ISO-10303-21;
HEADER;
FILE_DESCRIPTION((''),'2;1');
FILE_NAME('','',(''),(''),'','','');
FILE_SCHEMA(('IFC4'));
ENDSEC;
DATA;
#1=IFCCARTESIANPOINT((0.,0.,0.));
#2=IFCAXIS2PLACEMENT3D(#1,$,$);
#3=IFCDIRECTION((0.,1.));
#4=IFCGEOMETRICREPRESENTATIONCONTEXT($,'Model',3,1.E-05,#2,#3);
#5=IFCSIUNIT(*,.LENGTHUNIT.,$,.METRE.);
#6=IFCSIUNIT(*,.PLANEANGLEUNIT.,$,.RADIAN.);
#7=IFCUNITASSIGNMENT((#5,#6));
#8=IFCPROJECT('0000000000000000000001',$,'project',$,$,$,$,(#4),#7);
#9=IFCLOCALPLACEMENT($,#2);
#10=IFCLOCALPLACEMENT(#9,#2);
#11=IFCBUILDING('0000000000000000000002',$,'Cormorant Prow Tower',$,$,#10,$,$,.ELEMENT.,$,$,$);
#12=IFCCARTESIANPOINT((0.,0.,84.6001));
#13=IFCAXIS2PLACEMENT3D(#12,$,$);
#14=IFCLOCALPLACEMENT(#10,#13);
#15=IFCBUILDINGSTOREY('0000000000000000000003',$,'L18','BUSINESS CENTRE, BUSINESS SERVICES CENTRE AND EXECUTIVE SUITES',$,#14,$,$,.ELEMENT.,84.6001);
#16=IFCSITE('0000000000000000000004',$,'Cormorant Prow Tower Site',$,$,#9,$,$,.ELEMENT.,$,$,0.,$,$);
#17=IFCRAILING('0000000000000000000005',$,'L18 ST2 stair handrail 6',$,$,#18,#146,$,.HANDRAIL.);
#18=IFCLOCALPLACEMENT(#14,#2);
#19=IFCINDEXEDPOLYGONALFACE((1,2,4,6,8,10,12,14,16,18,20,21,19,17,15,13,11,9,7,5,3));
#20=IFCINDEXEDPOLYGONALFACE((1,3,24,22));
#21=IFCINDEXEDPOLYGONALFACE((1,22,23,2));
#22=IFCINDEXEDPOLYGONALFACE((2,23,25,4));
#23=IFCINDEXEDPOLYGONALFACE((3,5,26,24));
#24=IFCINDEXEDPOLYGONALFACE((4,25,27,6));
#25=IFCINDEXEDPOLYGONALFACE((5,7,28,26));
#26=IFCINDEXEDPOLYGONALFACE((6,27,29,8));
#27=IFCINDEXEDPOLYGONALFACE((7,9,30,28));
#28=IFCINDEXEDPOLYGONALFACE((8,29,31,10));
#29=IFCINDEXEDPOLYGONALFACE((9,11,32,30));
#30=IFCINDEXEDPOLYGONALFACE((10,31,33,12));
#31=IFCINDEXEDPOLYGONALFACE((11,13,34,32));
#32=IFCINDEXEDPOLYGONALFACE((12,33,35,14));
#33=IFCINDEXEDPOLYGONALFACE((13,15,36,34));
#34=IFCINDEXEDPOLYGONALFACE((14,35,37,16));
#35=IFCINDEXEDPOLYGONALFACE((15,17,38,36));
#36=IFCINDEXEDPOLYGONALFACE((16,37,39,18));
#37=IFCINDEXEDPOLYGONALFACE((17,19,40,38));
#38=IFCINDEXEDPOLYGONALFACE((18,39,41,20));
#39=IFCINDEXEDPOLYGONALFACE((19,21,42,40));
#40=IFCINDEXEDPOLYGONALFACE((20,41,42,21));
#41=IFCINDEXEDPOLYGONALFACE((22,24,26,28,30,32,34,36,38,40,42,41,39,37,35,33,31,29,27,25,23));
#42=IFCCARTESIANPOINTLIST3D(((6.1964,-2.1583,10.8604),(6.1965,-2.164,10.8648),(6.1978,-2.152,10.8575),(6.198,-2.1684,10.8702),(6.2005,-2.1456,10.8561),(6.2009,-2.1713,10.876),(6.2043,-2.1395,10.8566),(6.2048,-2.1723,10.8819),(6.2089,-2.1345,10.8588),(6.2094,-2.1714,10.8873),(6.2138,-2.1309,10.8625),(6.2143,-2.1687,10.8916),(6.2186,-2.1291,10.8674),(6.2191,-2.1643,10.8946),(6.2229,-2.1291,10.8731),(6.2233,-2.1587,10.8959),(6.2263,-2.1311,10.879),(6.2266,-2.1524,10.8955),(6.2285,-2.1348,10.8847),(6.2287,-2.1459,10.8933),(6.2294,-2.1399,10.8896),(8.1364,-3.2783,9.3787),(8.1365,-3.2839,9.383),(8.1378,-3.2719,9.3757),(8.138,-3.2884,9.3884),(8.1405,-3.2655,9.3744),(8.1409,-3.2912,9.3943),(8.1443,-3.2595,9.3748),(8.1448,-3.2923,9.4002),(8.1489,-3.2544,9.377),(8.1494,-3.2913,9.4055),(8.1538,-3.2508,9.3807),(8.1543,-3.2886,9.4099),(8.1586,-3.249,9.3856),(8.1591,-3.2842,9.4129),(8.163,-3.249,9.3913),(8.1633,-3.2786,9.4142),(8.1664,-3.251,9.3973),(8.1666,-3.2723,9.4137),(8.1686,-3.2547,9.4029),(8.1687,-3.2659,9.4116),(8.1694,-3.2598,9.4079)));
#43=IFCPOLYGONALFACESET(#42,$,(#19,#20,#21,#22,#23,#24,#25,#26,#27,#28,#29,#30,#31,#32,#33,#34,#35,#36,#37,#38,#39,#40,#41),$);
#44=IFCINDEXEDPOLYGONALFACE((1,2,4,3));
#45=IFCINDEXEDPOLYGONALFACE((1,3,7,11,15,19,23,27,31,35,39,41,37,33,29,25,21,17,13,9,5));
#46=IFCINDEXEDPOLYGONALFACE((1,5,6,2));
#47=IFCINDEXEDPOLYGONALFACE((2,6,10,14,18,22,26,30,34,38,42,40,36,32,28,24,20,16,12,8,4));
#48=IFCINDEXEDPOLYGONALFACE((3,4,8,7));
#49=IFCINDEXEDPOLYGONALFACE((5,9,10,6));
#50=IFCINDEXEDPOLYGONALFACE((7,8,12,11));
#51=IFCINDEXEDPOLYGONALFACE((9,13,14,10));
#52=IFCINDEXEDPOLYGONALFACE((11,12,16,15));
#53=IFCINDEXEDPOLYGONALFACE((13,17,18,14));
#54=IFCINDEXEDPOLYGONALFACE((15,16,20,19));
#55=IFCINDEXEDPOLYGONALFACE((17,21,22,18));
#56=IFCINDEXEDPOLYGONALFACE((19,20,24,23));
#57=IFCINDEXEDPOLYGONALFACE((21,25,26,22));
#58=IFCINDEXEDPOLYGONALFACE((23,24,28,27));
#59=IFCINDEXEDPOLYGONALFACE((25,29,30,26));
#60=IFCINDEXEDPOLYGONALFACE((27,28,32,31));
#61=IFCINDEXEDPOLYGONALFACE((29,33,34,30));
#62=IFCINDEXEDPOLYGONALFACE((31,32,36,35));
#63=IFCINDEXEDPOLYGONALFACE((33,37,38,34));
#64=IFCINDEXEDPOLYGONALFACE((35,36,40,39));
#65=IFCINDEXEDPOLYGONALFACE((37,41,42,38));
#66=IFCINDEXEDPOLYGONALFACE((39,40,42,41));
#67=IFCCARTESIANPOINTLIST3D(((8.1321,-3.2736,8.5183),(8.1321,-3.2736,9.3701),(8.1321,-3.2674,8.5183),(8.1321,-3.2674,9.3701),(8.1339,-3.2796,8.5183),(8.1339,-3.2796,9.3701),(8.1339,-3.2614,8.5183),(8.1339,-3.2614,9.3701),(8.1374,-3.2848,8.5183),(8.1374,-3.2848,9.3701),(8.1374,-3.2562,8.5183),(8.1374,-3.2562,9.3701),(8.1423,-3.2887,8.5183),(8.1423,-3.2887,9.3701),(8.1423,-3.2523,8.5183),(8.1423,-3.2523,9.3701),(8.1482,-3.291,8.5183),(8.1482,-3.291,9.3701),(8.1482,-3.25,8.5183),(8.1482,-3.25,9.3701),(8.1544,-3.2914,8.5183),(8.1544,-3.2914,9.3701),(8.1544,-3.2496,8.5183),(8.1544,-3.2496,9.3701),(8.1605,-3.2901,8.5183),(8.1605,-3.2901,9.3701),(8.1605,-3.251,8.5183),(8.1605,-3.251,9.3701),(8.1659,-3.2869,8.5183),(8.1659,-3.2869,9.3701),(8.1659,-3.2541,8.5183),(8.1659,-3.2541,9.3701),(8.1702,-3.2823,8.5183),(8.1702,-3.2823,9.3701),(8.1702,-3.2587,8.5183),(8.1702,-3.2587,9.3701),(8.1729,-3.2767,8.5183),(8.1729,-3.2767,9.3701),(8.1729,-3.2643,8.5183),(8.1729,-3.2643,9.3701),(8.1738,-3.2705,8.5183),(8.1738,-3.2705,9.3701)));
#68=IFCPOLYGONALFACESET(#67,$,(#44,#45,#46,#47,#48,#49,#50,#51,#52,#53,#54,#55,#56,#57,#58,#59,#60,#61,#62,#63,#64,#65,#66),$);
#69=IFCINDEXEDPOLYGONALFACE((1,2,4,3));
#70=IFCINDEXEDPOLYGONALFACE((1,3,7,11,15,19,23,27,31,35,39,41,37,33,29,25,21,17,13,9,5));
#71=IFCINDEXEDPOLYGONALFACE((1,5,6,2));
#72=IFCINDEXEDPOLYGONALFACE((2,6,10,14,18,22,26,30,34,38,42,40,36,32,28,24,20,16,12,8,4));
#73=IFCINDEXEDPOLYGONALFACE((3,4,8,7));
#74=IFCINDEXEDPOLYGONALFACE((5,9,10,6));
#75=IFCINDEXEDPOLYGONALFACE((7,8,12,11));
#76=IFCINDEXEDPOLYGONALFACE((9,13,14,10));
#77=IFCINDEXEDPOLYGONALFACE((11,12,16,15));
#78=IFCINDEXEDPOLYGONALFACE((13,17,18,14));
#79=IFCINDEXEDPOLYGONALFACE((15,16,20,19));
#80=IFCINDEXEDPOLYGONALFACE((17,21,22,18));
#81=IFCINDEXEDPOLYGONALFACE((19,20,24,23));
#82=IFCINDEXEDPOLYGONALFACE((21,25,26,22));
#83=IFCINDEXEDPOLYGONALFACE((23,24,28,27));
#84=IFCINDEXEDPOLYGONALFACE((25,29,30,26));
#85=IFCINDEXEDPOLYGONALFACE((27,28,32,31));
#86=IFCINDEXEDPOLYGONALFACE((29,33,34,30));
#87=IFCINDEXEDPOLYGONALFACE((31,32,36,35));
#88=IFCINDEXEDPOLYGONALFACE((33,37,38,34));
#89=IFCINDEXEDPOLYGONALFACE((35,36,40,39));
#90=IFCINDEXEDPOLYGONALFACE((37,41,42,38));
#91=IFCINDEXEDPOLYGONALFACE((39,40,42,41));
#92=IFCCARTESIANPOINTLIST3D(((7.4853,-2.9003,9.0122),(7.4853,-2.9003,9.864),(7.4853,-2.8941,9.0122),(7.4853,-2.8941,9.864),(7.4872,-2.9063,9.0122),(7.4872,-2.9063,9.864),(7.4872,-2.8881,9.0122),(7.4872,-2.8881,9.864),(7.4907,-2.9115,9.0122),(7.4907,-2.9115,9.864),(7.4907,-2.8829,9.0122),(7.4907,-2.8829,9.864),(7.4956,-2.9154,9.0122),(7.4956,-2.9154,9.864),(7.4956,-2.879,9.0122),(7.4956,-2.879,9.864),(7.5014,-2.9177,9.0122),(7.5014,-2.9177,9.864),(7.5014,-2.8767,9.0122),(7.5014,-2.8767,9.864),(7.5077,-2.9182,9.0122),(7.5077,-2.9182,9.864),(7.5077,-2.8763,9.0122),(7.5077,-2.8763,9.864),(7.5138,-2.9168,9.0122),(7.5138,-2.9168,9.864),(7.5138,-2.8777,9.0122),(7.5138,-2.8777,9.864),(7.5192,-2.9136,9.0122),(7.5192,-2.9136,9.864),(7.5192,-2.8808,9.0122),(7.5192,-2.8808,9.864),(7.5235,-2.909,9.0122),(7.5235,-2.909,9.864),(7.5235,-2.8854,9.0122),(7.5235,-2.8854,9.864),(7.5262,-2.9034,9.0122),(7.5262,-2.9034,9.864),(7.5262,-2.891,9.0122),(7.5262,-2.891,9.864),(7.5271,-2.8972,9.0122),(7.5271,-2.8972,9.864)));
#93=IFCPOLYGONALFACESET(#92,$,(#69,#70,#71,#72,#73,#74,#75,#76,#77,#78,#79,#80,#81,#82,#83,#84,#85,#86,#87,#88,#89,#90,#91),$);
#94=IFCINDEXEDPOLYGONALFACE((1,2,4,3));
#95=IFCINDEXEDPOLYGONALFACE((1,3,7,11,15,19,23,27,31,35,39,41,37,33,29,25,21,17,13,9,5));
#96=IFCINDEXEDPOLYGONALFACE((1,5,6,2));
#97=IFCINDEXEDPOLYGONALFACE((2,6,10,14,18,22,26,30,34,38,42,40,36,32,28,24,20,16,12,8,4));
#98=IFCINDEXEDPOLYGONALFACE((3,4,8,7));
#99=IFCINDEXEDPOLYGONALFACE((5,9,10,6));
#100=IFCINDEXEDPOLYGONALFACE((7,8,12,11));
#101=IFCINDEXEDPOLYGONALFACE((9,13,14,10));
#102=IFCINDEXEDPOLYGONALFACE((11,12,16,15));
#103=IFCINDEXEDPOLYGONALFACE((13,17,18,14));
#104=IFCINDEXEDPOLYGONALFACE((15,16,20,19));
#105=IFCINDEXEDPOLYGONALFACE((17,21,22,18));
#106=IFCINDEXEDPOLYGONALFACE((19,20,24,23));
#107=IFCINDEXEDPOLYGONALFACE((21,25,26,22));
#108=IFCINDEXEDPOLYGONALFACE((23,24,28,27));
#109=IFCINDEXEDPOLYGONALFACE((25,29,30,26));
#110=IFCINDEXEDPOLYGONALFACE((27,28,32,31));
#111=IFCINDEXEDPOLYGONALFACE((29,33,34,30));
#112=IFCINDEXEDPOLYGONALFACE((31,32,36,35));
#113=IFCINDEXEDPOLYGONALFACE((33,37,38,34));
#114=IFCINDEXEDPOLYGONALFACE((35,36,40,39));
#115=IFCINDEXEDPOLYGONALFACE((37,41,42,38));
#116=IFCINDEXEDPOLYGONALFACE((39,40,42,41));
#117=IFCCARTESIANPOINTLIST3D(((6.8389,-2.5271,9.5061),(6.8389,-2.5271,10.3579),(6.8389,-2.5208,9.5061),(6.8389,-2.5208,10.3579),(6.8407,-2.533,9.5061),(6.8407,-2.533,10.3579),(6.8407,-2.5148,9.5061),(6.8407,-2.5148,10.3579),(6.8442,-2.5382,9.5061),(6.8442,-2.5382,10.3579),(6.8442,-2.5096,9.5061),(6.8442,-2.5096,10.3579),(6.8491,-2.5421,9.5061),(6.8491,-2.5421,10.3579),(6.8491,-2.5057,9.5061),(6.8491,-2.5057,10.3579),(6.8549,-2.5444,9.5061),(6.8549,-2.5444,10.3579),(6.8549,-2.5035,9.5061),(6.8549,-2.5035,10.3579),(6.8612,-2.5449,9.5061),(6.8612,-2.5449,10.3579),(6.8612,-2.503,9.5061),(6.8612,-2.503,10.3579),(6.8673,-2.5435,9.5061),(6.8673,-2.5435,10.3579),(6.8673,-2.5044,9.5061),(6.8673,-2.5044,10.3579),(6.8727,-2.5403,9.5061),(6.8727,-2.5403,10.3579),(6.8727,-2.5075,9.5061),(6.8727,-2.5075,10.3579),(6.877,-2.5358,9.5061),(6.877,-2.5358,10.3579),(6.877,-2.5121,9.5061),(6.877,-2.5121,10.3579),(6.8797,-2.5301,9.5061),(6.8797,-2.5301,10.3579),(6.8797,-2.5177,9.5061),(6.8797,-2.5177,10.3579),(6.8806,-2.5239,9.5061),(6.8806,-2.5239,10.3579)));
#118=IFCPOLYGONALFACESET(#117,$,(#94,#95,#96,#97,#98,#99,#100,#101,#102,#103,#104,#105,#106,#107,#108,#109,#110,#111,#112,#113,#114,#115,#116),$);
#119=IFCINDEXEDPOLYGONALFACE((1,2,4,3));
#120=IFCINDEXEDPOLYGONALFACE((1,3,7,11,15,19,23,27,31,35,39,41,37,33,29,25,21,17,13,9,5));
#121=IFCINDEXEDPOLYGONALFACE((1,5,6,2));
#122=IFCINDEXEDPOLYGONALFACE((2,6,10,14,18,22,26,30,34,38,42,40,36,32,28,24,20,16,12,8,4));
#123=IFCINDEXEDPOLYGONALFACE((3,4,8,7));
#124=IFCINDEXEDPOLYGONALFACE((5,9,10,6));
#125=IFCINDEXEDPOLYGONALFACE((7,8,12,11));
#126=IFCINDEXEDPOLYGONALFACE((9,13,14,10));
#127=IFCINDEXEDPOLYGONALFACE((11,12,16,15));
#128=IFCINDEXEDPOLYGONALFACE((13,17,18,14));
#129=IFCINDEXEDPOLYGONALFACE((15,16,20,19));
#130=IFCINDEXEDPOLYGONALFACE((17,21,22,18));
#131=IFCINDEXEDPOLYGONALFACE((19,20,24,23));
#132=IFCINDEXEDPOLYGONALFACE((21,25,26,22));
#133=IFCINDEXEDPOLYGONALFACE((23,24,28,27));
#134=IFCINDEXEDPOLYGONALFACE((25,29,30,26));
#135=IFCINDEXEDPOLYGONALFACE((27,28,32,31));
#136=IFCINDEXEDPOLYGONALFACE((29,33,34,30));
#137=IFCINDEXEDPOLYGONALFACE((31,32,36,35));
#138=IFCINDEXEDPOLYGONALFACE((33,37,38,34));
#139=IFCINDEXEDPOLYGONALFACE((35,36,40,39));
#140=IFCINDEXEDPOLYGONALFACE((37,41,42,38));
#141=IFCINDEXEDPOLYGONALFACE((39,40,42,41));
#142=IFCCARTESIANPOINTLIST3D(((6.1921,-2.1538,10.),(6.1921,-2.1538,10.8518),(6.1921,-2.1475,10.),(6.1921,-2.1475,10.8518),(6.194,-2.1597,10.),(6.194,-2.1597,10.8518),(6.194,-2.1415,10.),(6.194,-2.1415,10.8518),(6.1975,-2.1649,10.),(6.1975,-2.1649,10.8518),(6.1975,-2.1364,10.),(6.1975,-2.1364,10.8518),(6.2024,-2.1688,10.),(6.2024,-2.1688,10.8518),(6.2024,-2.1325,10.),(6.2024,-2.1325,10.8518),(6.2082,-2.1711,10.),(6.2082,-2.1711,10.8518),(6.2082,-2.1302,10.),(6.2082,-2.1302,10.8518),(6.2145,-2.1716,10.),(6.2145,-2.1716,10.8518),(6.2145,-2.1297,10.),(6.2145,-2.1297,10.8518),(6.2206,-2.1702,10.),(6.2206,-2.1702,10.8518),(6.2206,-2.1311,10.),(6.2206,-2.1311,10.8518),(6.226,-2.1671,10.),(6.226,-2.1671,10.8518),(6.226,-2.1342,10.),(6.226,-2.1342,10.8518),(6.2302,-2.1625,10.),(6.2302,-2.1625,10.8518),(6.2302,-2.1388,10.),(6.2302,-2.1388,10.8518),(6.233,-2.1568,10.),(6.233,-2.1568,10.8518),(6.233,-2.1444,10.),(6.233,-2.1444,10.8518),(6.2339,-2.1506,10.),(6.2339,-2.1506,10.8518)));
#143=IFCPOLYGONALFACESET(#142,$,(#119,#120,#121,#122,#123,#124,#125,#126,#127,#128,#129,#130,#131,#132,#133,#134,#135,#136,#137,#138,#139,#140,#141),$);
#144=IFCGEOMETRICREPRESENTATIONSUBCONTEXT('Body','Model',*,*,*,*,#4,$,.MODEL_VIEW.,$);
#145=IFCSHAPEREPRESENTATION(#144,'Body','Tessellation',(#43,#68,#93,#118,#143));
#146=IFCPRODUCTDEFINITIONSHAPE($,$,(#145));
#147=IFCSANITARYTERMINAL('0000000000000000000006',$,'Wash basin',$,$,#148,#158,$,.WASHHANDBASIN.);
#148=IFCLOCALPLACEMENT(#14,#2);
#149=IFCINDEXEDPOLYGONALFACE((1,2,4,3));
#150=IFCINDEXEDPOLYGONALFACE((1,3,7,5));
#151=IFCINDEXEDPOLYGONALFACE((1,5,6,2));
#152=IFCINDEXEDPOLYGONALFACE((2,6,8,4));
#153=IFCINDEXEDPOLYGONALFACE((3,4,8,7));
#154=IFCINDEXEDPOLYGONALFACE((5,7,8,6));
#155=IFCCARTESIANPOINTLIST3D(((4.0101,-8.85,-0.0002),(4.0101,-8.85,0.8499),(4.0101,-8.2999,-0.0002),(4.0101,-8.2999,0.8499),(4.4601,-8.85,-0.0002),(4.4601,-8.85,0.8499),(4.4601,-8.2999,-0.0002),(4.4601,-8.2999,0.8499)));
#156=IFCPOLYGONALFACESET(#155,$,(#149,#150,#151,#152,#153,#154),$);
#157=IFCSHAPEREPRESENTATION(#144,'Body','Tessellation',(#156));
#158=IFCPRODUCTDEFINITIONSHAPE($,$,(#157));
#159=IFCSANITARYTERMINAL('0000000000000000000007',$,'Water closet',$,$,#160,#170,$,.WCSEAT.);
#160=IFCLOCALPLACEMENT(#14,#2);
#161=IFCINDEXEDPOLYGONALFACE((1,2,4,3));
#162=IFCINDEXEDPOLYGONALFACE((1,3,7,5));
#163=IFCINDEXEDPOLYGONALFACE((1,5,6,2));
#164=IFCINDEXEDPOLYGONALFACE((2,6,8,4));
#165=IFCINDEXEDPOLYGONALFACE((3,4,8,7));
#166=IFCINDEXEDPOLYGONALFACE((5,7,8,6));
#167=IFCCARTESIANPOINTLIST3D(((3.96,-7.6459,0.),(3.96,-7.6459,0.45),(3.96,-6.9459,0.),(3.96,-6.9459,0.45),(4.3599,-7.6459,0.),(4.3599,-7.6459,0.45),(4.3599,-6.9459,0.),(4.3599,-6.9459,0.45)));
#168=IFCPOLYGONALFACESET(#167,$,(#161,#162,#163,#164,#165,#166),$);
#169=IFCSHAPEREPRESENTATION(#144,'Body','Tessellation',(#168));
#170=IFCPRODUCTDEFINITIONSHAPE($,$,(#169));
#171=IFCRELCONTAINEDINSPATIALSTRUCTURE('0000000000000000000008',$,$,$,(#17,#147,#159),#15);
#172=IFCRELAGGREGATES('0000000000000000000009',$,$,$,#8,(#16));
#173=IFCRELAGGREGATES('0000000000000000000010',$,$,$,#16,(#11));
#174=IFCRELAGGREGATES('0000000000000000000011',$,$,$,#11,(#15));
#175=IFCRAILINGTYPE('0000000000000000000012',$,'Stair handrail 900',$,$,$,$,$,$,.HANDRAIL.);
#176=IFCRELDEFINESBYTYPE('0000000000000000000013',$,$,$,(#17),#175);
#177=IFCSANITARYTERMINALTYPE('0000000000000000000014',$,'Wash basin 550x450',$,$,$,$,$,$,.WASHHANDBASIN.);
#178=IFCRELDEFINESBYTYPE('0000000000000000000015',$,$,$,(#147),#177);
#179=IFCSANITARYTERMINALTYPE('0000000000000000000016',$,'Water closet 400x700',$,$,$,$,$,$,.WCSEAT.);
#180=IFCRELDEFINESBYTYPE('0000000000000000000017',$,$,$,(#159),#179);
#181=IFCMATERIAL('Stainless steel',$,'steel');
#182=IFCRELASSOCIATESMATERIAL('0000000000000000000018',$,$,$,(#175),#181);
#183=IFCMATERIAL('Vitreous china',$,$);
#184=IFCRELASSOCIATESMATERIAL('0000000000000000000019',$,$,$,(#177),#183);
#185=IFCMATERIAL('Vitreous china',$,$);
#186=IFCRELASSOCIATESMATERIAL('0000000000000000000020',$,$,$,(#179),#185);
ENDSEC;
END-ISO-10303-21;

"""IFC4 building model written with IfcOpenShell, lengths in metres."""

from ifc_helpers import new_model, si_unit, direction, frame, origin, origin_2d, place, context, subcontext, project, spatial, rectangle, circle, extrude, material, type_object, element, save


model = new_model("IFC4")

# Units and contexts
model_context = context("Model", 3, precision=1e-05, world=origin(), true_north=direction((0.0, 1.0)))
body_context = subcontext(model_context, "Body", "Model", "MODEL_VIEW")
ifc_project = project(units=[si_unit("LENGTHUNIT", "METRE"), si_unit("PLANEANGLEUNIT", "RADIAN")], contexts=[model_context])

# Site, building, storey
site_placement = place(None, origin())
site = spatial("IfcSite", under=ifc_project, at=site_placement, Name="Cormorant Prow Tower Site", CompositionType="ELEMENT", RefElevation=0.0)
building_placement = place(site_placement, origin())
building = spatial("IfcBuilding", under=site, at=building_placement, Name="Cormorant Prow Tower", CompositionType="ELEMENT")
storey_placement = place(building_placement, frame((0.0, 0.0, 84.6001)))
storey = spatial("IfcBuildingStorey", under=building, at=storey_placement, Name="L18", Description="BUSINESS CENTRE, BUSINESS SERVICES CENTRE AND EXECUTIVE SUITES", CompositionType="ELEMENT", Elevation=84.6001)

# Railing
ifc_material_1 = material(Name="Stainless steel", Category="steel")
railing_type_1 = type_object("IfcRailingType", Name="Stair handrail 900", PredefinedType="HANDRAIL", material=ifc_material_1)
railing_1_placement = place(storey_placement, frame((8.1528, -3.2705, 8.5183)))
element("IfcRailing", 1, at=railing_1_placement, inside=storey, type_object=railing_type_1, Name="L18 ST2 stair handrail 6", PredefinedType="HANDRAIL", context=body_context, shape_type="SweptSolid", body=[
    extrude(circle(Radius=0.0239, at=origin_2d()), frame((0.0, 0.0, 0.876), z_axis=(-0.722327, 0.416979, 0.551699), x_axis=(-0.499949, -0.866055, 0.0)), (0.0, 0.0, 1.0), 2.6858),
    extrude(circle(Radius=0.021, at=origin_2d()), origin(), (0.0, 0.0, 1.0), 0.8518),
    extrude(circle(Radius=0.021, at=origin_2d()), frame((-0.6467, 0.3733, 0.4939)), (0.0, 0.0, 1.0), 0.8518),
    extrude(circle(Radius=0.021, at=origin_2d()), frame((-1.2932, 0.7466, 0.9878)), (0.0, 0.0, 1.0), 0.8518),
    extrude(circle(Radius=0.021, at=origin_2d()), frame((-1.9399, 1.1199, 1.4817)), (0.0, 0.0, 1.0), 0.8518),
])

# Sanitary terminals
ifc_material_2 = material(Name="Vitreous china")
sanitary_terminal_type_1 = type_object("IfcSanitaryTerminalType", Name="Wash basin 550x450", PredefinedType="WASHHANDBASIN", material=ifc_material_2)
sanitary_terminal_1_placement = place(storey_placement, frame((4.2351, -8.575, -0.0002), z_axis=(0.0, 0.0, 1.0), x_axis=(0.0, 1.0, 0.0)))
element("IfcSanitaryTerminal", 2, at=sanitary_terminal_1_placement, inside=storey, type_object=sanitary_terminal_type_1, Name="Wash basin", PredefinedType="WASHHANDBASIN", context=body_context, shape_type="SweptSolid", body=[
    extrude(rectangle(XDim=0.55, YDim=0.45, at=origin_2d()), origin(), (0.0, 0.0, 1.0), 0.8501),
])
ifc_material_3 = material(Name="Vitreous china")
sanitary_terminal_type_2 = type_object("IfcSanitaryTerminalType", Name="Water closet 400x700", PredefinedType="WCSEAT", material=ifc_material_3)
sanitary_terminal_2_placement = place(storey_placement, frame((4.1599, -7.2959, 0.0), z_axis=(0.0, 0.0, 1.0), x_axis=(-1.0, 0.0, 0.0)))
element("IfcSanitaryTerminal", 3, at=sanitary_terminal_2_placement, inside=storey, type_object=sanitary_terminal_type_2, Name="Water closet", PredefinedType="WCSEAT", context=body_context, shape_type="SweptSolid", body=[
    extrude(rectangle(XDim=0.3999, YDim=0.7, at=origin_2d()), origin(), (0.0, 0.0, 1.0), 0.45),
])

save(model, "model.ifc")
